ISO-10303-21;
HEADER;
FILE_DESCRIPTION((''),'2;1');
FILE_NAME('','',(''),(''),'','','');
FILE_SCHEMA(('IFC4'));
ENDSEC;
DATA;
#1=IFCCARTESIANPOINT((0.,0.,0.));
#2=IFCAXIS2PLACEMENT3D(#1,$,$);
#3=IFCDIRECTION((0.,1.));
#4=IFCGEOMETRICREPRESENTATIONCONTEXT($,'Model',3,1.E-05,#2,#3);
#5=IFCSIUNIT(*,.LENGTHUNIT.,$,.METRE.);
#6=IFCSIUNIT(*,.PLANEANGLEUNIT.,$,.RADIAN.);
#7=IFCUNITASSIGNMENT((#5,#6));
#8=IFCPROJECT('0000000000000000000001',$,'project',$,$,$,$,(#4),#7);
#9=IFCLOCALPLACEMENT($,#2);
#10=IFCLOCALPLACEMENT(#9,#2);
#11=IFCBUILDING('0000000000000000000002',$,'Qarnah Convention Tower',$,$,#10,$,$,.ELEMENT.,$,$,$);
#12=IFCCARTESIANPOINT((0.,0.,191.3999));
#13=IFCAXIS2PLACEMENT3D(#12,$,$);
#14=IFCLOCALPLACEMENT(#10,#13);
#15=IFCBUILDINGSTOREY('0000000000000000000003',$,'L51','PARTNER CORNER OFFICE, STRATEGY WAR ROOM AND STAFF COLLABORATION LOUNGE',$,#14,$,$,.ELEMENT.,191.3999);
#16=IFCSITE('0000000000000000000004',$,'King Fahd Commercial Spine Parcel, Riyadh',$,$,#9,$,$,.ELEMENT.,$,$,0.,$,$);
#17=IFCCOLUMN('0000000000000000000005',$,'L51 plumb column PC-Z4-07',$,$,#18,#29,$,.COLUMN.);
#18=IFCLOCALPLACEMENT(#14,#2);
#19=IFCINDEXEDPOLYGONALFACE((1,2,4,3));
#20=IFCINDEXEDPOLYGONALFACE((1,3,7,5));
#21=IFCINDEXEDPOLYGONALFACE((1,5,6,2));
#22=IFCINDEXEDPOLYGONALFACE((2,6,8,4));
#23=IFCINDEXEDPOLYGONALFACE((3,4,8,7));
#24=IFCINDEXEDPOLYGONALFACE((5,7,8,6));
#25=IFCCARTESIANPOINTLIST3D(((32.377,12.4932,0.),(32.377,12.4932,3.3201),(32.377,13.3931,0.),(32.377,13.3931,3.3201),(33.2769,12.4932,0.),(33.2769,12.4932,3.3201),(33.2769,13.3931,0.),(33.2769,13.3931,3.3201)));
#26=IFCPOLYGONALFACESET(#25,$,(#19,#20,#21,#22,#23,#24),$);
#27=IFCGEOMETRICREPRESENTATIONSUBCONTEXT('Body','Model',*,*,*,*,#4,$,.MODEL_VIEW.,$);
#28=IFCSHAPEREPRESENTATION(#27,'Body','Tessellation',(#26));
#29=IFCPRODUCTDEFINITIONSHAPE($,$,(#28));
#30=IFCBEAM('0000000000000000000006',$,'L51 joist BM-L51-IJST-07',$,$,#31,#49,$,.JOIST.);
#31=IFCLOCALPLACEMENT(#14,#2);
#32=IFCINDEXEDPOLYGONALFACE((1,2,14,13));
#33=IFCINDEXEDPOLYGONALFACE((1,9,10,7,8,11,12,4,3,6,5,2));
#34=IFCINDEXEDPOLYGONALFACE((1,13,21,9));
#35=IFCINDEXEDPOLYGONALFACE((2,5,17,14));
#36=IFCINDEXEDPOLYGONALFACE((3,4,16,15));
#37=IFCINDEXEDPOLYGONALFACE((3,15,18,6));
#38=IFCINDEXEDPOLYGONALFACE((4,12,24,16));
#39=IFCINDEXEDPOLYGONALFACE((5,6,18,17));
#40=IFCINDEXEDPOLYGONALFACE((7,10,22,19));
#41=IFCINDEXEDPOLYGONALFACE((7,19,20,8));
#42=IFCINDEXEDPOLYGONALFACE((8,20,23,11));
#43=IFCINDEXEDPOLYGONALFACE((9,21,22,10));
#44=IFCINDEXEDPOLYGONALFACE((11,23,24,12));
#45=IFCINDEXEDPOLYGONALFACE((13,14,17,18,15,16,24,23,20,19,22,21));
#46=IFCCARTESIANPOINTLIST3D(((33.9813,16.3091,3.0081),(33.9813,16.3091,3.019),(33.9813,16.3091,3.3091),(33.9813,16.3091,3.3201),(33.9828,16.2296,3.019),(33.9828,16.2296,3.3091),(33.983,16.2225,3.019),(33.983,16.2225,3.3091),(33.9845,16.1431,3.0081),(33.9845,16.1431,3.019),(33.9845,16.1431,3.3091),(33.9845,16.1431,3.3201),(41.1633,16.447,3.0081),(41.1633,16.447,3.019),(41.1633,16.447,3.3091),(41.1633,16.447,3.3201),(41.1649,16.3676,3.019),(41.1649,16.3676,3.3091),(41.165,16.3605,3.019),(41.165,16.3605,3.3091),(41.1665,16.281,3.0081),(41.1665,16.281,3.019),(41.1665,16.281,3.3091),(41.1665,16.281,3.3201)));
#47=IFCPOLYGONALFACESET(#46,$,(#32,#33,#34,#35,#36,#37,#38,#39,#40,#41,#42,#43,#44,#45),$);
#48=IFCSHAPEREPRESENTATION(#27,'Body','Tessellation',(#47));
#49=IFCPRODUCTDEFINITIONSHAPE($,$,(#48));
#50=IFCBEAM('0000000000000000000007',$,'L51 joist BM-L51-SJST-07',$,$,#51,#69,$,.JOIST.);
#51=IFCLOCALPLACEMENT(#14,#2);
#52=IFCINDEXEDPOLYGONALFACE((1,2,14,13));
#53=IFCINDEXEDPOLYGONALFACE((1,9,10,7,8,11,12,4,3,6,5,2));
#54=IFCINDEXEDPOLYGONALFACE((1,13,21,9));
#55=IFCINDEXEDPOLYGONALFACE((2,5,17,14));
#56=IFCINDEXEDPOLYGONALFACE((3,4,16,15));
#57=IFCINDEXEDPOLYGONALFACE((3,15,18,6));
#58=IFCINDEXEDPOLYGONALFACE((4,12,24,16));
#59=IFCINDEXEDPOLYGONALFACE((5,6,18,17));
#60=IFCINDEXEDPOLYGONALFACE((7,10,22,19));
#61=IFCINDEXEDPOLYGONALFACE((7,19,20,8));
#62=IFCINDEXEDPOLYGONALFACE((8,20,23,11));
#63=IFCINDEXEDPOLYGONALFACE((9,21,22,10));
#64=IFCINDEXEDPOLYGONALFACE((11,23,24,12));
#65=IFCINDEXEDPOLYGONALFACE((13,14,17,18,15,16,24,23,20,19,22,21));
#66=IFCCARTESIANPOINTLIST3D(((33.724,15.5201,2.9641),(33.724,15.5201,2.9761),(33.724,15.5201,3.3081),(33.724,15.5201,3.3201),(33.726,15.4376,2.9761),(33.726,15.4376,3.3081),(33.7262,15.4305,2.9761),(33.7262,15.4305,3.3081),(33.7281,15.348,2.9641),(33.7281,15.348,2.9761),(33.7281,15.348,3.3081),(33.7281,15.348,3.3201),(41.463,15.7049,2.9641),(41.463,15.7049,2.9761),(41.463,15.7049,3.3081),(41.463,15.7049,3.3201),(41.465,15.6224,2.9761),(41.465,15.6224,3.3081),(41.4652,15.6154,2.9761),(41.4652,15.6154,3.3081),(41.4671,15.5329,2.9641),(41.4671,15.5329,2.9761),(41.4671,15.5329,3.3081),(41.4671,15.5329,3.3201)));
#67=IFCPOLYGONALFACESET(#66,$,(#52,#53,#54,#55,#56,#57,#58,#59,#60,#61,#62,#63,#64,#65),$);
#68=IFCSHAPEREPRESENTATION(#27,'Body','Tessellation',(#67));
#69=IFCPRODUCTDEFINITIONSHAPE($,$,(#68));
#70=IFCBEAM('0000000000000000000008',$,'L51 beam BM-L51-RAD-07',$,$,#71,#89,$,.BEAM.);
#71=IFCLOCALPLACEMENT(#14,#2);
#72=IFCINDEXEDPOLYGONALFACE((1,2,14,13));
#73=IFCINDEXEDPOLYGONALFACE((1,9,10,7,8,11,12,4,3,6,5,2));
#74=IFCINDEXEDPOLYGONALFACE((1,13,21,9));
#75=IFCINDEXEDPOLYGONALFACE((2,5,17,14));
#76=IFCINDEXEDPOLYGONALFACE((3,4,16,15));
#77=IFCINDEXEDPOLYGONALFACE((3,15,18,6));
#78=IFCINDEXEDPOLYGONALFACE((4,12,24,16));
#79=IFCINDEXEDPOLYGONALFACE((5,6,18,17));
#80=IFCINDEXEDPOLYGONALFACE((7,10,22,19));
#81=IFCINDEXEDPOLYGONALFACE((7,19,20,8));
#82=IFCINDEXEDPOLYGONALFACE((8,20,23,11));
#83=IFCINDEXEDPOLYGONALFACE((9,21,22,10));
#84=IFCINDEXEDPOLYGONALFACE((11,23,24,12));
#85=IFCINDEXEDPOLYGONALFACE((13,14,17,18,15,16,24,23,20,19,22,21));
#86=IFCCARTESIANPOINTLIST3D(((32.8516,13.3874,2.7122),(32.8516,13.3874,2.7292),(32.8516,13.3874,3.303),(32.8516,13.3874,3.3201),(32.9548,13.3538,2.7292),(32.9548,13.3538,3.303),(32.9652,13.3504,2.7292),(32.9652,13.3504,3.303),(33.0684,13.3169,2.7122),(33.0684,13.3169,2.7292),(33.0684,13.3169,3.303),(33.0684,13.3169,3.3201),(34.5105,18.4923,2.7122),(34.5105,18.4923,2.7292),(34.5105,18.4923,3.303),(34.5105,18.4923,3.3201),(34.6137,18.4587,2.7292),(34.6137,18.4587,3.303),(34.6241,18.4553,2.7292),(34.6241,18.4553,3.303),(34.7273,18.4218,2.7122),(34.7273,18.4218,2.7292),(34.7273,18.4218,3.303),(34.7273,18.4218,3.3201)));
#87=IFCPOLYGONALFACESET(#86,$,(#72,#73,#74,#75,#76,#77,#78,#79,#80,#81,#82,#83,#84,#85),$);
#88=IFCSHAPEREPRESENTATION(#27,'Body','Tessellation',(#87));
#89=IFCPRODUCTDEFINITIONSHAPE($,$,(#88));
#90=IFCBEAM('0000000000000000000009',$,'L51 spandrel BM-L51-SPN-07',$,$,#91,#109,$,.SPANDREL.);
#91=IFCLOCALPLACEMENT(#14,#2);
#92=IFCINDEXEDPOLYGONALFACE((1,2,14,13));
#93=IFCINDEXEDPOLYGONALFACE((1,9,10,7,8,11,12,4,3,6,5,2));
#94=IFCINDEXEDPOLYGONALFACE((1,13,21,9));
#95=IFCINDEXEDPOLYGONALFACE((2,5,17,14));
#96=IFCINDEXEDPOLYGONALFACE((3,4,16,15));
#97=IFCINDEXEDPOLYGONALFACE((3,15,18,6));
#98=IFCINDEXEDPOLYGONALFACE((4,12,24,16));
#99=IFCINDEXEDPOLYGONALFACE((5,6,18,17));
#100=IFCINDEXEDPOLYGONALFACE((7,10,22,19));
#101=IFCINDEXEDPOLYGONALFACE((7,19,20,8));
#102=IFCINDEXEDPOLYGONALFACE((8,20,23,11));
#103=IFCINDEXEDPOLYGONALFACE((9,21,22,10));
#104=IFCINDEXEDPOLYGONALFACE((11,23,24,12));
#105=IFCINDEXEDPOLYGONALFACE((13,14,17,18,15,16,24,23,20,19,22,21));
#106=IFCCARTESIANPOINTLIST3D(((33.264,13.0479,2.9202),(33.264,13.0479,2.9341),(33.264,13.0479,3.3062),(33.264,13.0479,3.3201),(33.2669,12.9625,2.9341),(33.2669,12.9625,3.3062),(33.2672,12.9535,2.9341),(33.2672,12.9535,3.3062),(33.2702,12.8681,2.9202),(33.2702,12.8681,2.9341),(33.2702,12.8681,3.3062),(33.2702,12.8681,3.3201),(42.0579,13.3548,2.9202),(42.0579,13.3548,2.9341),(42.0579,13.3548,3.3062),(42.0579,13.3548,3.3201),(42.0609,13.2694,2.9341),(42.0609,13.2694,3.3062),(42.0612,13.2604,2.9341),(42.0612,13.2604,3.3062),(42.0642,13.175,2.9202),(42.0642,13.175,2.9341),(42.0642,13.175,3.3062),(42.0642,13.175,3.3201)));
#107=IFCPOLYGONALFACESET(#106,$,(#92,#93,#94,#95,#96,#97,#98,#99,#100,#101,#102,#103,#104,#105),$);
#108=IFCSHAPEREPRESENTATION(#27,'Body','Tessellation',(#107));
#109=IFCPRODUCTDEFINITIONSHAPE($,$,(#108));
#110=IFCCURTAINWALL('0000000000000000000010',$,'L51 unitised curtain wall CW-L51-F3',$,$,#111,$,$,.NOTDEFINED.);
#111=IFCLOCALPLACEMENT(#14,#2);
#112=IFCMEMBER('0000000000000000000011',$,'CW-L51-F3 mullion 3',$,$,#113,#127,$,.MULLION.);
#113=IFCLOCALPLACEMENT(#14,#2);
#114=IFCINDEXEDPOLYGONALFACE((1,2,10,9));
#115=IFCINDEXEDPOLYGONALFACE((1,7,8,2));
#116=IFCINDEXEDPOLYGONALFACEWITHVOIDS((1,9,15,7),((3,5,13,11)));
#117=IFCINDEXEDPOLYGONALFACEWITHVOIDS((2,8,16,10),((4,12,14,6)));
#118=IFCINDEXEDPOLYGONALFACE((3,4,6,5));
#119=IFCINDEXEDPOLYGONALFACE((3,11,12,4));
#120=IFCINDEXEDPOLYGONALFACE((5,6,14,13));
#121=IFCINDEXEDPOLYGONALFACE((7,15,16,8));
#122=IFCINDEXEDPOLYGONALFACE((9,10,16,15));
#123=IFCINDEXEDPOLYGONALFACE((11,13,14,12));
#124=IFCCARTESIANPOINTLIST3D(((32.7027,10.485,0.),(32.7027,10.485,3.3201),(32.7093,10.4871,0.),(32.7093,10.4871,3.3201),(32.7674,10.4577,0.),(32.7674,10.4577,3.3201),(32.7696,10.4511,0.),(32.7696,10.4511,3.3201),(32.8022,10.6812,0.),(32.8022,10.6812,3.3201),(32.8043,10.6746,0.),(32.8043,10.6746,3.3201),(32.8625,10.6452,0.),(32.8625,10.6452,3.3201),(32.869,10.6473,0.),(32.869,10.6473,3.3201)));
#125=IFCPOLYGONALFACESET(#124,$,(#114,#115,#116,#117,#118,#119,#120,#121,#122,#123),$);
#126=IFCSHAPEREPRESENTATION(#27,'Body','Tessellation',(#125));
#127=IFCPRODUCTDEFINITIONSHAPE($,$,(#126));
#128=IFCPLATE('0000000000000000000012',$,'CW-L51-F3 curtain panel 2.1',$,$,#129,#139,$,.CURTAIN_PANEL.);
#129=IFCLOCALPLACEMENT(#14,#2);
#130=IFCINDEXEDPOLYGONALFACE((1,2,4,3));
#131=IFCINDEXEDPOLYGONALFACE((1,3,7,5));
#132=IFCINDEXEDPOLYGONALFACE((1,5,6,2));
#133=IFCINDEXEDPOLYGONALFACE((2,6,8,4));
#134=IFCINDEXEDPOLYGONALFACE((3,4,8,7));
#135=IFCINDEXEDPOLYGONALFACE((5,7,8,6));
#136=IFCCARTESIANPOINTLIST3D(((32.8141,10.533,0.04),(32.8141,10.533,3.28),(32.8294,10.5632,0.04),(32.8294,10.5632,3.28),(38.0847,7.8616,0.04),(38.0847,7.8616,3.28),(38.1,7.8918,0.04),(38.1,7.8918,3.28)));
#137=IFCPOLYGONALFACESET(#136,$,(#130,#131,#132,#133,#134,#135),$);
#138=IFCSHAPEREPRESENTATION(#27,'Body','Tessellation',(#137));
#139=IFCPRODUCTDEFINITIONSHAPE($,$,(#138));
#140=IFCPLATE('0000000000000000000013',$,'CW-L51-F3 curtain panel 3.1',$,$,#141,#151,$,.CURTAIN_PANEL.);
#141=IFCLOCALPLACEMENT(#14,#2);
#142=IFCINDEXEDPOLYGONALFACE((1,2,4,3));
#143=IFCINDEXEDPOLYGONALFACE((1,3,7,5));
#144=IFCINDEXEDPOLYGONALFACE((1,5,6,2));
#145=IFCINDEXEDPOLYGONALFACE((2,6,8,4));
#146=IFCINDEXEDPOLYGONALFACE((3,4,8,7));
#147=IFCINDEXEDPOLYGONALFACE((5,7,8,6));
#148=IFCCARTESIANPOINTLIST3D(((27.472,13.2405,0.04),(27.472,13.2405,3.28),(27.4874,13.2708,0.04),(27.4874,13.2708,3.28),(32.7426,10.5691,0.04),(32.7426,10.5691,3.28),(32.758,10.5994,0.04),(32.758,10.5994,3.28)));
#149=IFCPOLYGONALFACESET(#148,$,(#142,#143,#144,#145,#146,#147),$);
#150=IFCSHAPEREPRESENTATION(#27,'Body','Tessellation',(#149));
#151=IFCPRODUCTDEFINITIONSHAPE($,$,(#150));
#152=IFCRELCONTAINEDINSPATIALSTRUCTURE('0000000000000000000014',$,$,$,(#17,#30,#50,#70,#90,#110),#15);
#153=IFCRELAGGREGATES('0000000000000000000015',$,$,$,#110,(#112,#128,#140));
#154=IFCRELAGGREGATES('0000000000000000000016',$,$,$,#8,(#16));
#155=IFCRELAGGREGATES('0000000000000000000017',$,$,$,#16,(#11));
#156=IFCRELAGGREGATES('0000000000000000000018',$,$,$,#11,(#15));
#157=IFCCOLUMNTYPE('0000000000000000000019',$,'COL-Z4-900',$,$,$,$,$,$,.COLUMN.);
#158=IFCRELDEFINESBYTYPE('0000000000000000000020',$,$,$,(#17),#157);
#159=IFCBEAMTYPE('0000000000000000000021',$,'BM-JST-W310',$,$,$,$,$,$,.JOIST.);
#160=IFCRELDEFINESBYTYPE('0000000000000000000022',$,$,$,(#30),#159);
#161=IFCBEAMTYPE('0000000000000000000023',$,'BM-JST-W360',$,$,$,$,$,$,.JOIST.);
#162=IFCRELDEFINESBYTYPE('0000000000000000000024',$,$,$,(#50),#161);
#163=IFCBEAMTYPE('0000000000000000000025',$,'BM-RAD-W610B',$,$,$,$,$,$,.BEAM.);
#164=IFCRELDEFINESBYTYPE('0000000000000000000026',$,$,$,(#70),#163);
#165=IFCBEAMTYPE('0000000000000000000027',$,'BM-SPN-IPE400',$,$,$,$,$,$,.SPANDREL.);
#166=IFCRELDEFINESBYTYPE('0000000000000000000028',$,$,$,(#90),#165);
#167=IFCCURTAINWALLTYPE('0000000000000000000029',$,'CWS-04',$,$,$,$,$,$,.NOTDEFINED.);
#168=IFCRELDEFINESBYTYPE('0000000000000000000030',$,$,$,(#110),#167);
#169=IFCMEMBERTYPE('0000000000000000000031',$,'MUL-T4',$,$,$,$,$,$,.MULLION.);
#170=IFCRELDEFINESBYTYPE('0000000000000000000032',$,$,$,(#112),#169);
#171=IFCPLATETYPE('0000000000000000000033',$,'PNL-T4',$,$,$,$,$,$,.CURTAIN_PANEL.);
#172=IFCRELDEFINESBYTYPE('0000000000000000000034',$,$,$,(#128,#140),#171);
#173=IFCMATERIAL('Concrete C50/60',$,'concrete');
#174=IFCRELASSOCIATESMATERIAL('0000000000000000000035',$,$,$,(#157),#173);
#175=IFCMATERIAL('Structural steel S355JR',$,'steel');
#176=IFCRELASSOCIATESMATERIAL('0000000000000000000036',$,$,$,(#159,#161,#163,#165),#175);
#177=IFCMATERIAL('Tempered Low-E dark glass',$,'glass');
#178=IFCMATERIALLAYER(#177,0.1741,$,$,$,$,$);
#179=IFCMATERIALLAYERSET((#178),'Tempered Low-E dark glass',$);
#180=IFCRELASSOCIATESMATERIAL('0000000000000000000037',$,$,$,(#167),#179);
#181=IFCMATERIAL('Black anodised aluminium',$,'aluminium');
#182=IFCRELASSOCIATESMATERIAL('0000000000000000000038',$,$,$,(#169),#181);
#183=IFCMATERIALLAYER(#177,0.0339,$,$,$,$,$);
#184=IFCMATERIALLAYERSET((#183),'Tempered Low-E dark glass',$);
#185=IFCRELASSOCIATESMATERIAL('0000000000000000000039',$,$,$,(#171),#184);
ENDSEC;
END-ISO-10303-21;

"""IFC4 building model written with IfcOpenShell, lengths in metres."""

from ifc_helpers import new_model, si_unit, direction, frame, origin, origin_2d, place, context, subcontext, project, spatial, rectangle, hollow_rectangle, i_section, extrude, material, layer, layer_set, material_profile, profile_set, type_object, element, aggregate, save


model = new_model("IFC4")

# Units and contexts
model_context = context("Model", 3, precision=1e-05, world=origin(), true_north=direction((0.0, 1.0)))
body_context = subcontext(model_context, "Body", "Model", "MODEL_VIEW")
ifc_project = project(units=[si_unit("LENGTHUNIT", "METRE"), si_unit("PLANEANGLEUNIT", "RADIAN")], contexts=[model_context])

# Site, building, storey
site_placement = place(None, origin())
site = spatial("IfcSite", under=ifc_project, at=site_placement, Name="King Fahd Commercial Spine Parcel, Riyadh", CompositionType="ELEMENT", RefElevation=0.0)
building_placement = place(site_placement, origin())
building = spatial("IfcBuilding", under=site, at=building_placement, Name="Qarnah Convention Tower", CompositionType="ELEMENT")
storey_placement = place(building_placement, frame((0.0, 0.0, 191.3999)))
storey = spatial("IfcBuildingStorey", under=building, at=storey_placement, Name="L51", Description="PARTNER CORNER OFFICE, STRATEGY WAR ROOM AND STAFF COLLABORATION LOUNGE", CompositionType="ELEMENT", Elevation=191.3999)

# Column
ifc_material_1 = material(Name="Concrete C50/60", Category="concrete")
ifc_material_profile_1 = material_profile(ifc_material_1, rectangle(XDim=0.8999, YDim=0.8999, at=origin_2d()), Name="RC-COL-900X900")
ifc_profile_set_1 = profile_set([ifc_material_profile_1], Name="Concrete C50/60")
column_type = type_object("IfcColumnType", Name="COL-Z4-900", PredefinedType="COLUMN", material=ifc_profile_set_1)
column_placement = place(storey_placement, frame((32.8269, 12.9431, 0.0), z_axis=(0.0, 0.0, 1.0), x_axis=(1.0, 0.0, 0.0)))
element("IfcColumn", 1, at=column_placement, inside=storey, type_object=column_type, Name="L51 plumb column PC-Z4-07", PredefinedType="COLUMN", context=body_context, shape_type="SweptSolid", body=[
    extrude(rectangle(XDim=0.8999, YDim=0.8999, at=origin_2d()), origin(), (0.0, 0.0, 1.0), 3.3201),
])

# Beams
ifc_material_2 = material(Name="Structural steel S355JR", Category="steel")
ifc_material_profile_2 = material_profile(ifc_material_2, i_section(OverallWidth=0.166, OverallDepth=0.312, WebThickness=0.0071, FlangeThickness=0.011, at=origin_2d()), Name="W310X45")
ifc_profile_set_2 = profile_set([ifc_material_profile_2], Name="Structural steel S355JR")
beam_type_1 = type_object("IfcBeamType", Name="BM-JST-W310", PredefinedType="JOIST", material=ifc_profile_set_2)
beam_1_placement = place(storey_placement, frame((33.9829, 16.2261, 3.1641), z_axis=(0.999816, 0.019202, 0.0), x_axis=(-0.019202, 0.999816, 0.0)))
element("IfcBeam", 2, at=beam_1_placement, inside=storey, type_object=beam_type_1, Name="L51 joist BM-L51-IJST-07", PredefinedType="JOIST", context=body_context, shape_type="SweptSolid", body=[
    extrude(i_section(OverallWidth=0.166, OverallDepth=0.312, WebThickness=0.0071, FlangeThickness=0.011, at=origin_2d()), origin(), (0.0, 0.0, 1.0), 7.1833),
])
ifc_material_profile_3 = material_profile(ifc_material_2, i_section(OverallWidth=0.1721, OverallDepth=0.356, WebThickness=0.0071, FlangeThickness=0.012, at=origin_2d()), Name="W360X51")
ifc_profile_set_3 = profile_set([ifc_material_profile_3], Name="Structural steel S355JR")
beam_type_2 = type_object("IfcBeamType", Name="BM-JST-W360", PredefinedType="JOIST", material=ifc_profile_set_3)
beam_2_placement = place(storey_placement, frame((33.7261, 15.4341, 3.1421), z_axis=(0.999715, 0.023874, 0.0), x_axis=(-0.023874, 0.999715, 0.0)))
element("IfcBeam", 3, at=beam_2_placement, inside=storey, type_object=beam_type_2, Name="L51 joist BM-L51-SJST-07", PredefinedType="JOIST", context=body_context, shape_type="SweptSolid", body=[
    extrude(i_section(OverallWidth=0.1721, OverallDepth=0.356, WebThickness=0.0071, FlangeThickness=0.012, at=origin_2d()), origin(), (0.0, 0.0, 1.0), 7.7412),
])
ifc_material_profile_4 = material_profile(ifc_material_2, i_section(OverallWidth=0.228, OverallDepth=0.6079, WebThickness=0.011, FlangeThickness=0.0171, at=origin_2d()), Name="W610X113")
ifc_profile_set_4 = profile_set([ifc_material_profile_4], Name="Structural steel S355JR")
beam_type_3 = type_object("IfcBeamType", Name="BM-RAD-W610B", PredefinedType="BEAM", material=ifc_profile_set_4)
beam_3_placement = place(storey_placement, frame((34.6189, 18.457, 3.0161), z_axis=(-0.309055, -0.951044, 0.0), x_axis=(0.951044, -0.309055, 0.0)))
element("IfcBeam", 4, at=beam_3_placement, inside=storey, type_object=beam_type_3, Name="L51 beam BM-L51-RAD-07", PredefinedType="BEAM", context=body_context, shape_type="SweptSolid", body=[
    extrude(i_section(OverallWidth=0.228, OverallDepth=0.6079, WebThickness=0.011, FlangeThickness=0.0171, at=origin_2d()), origin(), (0.0, 0.0, 1.0), 5.3677),
])
ifc_material_profile_5 = material_profile(ifc_material_2, i_section(OverallWidth=0.1799, OverallDepth=0.3999, WebThickness=0.009, FlangeThickness=0.0139, at=origin_2d()), Name="IPE400")
ifc_profile_set_5 = profile_set([ifc_material_profile_5], Name="Structural steel S355JR")
beam_type_4 = type_object("IfcBeamType", Name="BM-SPN-IPE400", PredefinedType="SPANDREL", material=ifc_profile_set_5)
beam_4_placement = place(storey_placement, frame((33.2671, 12.958, 3.1201), z_axis=(0.999392, 0.034876, 0.0), x_axis=(-0.034876, 0.999392, 0.0)))
element("IfcBeam", 5, at=beam_4_placement, inside=storey, type_object=beam_type_4, Name="L51 spandrel BM-L51-SPN-07", PredefinedType="SPANDREL", context=body_context, shape_type="SweptSolid", body=[
    extrude(i_section(OverallWidth=0.1799, OverallDepth=0.3999, WebThickness=0.009, FlangeThickness=0.0139, at=origin_2d()), origin(), (0.0, 0.0, 1.0), 8.7993),
])

# Curtain wall, member, plates
ifc_material_3 = material(Name="Tempered Low-E dark glass", Category="glass")
ifc_layer_1 = layer(ifc_material_3, 0.1741)
ifc_layer_set_1 = layer_set([ifc_layer_1], Name="Tempered Low-E dark glass")
curtain_wall_type = type_object("IfcCurtainWallType", Name="CWS-04", PredefinedType="NOTDEFINED", material=ifc_layer_set_1)
curtain_wall_placement = place(storey_placement, origin())
curtain_wall = element("IfcCurtainWall", 6, at=curtain_wall_placement, inside=storey, type_object=curtain_wall_type, Name="L51 unitised curtain wall CW-L51-F3", PredefinedType="NOTDEFINED")
ifc_material_4 = material(Name="Black anodised aluminium", Category="aluminium")
ifc_material_profile_6 = material_profile(ifc_material_4, hollow_rectangle(XDim=0.075, YDim=0.22, WallThickness=0.0049, at=origin_2d()), Name="MUL-75X220")
ifc_profile_set_6 = profile_set([ifc_material_profile_6], Name="Black anodised aluminium")
member_type = type_object("IfcMemberType", Name="MUL-T4", PredefinedType="MULLION", material=ifc_profile_set_6)
member_placement = place(storey_placement, frame((32.7859, 10.5662, 0.0), z_axis=(0.0, 0.0, 1.0), x_axis=(-0.891969, 0.452096, 0.0)))
member = element("IfcMember", 7, at=member_placement, type_object=member_type, Name="CW-L51-F3 mullion 3", PredefinedType="MULLION", context=body_context, shape_type="SweptSolid", body=[
    extrude(hollow_rectangle(XDim=0.075, YDim=0.22, WallThickness=0.0049, at=origin_2d()), origin(), (0.0, 0.0, 1.0), 3.3201),
])
ifc_layer_2 = layer(ifc_material_3, 0.0339)
ifc_layer_set_2 = layer_set([ifc_layer_2], Name="Tempered Low-E dark glass")
plate_type = type_object("IfcPlateType", Name="PNL-T4", PredefinedType="CURTAIN_PANEL", material=ifc_layer_set_2)
plate_1_placement = place(storey_placement, frame((35.457, 9.2124, 0.04), z_axis=(0.0, 0.0, 1.0), x_axis=(-0.891969, 0.452096, 0.0)))
plate_1 = element("IfcPlate", 8, at=plate_1_placement, type_object=plate_type, Name="CW-L51-F3 curtain panel 2.1", PredefinedType="CURTAIN_PANEL", context=body_context, shape_type="SweptSolid", body=[
    extrude(rectangle(XDim=5.9089, YDim=0.0339, at=origin_2d()), origin(), (0.0, 0.0, 1.0), 3.24),
])
plate_2_placement = place(storey_placement, frame((30.115, 11.9199, 0.04), z_axis=(0.0, 0.0, 1.0), x_axis=(-0.891969, 0.452096, 0.0)))
plate_2 = element("IfcPlate", 9, at=plate_2_placement, type_object=plate_type, Name="CW-L51-F3 curtain panel 3.1", PredefinedType="CURTAIN_PANEL", context=body_context, shape_type="SweptSolid", body=[
    extrude(rectangle(XDim=5.9089, YDim=0.0339, at=origin_2d()), origin(), (0.0, 0.0, 1.0), 3.24),
])
aggregate(curtain_wall, [member, plate_1, plate_2])

save(model, "model.ifc")
